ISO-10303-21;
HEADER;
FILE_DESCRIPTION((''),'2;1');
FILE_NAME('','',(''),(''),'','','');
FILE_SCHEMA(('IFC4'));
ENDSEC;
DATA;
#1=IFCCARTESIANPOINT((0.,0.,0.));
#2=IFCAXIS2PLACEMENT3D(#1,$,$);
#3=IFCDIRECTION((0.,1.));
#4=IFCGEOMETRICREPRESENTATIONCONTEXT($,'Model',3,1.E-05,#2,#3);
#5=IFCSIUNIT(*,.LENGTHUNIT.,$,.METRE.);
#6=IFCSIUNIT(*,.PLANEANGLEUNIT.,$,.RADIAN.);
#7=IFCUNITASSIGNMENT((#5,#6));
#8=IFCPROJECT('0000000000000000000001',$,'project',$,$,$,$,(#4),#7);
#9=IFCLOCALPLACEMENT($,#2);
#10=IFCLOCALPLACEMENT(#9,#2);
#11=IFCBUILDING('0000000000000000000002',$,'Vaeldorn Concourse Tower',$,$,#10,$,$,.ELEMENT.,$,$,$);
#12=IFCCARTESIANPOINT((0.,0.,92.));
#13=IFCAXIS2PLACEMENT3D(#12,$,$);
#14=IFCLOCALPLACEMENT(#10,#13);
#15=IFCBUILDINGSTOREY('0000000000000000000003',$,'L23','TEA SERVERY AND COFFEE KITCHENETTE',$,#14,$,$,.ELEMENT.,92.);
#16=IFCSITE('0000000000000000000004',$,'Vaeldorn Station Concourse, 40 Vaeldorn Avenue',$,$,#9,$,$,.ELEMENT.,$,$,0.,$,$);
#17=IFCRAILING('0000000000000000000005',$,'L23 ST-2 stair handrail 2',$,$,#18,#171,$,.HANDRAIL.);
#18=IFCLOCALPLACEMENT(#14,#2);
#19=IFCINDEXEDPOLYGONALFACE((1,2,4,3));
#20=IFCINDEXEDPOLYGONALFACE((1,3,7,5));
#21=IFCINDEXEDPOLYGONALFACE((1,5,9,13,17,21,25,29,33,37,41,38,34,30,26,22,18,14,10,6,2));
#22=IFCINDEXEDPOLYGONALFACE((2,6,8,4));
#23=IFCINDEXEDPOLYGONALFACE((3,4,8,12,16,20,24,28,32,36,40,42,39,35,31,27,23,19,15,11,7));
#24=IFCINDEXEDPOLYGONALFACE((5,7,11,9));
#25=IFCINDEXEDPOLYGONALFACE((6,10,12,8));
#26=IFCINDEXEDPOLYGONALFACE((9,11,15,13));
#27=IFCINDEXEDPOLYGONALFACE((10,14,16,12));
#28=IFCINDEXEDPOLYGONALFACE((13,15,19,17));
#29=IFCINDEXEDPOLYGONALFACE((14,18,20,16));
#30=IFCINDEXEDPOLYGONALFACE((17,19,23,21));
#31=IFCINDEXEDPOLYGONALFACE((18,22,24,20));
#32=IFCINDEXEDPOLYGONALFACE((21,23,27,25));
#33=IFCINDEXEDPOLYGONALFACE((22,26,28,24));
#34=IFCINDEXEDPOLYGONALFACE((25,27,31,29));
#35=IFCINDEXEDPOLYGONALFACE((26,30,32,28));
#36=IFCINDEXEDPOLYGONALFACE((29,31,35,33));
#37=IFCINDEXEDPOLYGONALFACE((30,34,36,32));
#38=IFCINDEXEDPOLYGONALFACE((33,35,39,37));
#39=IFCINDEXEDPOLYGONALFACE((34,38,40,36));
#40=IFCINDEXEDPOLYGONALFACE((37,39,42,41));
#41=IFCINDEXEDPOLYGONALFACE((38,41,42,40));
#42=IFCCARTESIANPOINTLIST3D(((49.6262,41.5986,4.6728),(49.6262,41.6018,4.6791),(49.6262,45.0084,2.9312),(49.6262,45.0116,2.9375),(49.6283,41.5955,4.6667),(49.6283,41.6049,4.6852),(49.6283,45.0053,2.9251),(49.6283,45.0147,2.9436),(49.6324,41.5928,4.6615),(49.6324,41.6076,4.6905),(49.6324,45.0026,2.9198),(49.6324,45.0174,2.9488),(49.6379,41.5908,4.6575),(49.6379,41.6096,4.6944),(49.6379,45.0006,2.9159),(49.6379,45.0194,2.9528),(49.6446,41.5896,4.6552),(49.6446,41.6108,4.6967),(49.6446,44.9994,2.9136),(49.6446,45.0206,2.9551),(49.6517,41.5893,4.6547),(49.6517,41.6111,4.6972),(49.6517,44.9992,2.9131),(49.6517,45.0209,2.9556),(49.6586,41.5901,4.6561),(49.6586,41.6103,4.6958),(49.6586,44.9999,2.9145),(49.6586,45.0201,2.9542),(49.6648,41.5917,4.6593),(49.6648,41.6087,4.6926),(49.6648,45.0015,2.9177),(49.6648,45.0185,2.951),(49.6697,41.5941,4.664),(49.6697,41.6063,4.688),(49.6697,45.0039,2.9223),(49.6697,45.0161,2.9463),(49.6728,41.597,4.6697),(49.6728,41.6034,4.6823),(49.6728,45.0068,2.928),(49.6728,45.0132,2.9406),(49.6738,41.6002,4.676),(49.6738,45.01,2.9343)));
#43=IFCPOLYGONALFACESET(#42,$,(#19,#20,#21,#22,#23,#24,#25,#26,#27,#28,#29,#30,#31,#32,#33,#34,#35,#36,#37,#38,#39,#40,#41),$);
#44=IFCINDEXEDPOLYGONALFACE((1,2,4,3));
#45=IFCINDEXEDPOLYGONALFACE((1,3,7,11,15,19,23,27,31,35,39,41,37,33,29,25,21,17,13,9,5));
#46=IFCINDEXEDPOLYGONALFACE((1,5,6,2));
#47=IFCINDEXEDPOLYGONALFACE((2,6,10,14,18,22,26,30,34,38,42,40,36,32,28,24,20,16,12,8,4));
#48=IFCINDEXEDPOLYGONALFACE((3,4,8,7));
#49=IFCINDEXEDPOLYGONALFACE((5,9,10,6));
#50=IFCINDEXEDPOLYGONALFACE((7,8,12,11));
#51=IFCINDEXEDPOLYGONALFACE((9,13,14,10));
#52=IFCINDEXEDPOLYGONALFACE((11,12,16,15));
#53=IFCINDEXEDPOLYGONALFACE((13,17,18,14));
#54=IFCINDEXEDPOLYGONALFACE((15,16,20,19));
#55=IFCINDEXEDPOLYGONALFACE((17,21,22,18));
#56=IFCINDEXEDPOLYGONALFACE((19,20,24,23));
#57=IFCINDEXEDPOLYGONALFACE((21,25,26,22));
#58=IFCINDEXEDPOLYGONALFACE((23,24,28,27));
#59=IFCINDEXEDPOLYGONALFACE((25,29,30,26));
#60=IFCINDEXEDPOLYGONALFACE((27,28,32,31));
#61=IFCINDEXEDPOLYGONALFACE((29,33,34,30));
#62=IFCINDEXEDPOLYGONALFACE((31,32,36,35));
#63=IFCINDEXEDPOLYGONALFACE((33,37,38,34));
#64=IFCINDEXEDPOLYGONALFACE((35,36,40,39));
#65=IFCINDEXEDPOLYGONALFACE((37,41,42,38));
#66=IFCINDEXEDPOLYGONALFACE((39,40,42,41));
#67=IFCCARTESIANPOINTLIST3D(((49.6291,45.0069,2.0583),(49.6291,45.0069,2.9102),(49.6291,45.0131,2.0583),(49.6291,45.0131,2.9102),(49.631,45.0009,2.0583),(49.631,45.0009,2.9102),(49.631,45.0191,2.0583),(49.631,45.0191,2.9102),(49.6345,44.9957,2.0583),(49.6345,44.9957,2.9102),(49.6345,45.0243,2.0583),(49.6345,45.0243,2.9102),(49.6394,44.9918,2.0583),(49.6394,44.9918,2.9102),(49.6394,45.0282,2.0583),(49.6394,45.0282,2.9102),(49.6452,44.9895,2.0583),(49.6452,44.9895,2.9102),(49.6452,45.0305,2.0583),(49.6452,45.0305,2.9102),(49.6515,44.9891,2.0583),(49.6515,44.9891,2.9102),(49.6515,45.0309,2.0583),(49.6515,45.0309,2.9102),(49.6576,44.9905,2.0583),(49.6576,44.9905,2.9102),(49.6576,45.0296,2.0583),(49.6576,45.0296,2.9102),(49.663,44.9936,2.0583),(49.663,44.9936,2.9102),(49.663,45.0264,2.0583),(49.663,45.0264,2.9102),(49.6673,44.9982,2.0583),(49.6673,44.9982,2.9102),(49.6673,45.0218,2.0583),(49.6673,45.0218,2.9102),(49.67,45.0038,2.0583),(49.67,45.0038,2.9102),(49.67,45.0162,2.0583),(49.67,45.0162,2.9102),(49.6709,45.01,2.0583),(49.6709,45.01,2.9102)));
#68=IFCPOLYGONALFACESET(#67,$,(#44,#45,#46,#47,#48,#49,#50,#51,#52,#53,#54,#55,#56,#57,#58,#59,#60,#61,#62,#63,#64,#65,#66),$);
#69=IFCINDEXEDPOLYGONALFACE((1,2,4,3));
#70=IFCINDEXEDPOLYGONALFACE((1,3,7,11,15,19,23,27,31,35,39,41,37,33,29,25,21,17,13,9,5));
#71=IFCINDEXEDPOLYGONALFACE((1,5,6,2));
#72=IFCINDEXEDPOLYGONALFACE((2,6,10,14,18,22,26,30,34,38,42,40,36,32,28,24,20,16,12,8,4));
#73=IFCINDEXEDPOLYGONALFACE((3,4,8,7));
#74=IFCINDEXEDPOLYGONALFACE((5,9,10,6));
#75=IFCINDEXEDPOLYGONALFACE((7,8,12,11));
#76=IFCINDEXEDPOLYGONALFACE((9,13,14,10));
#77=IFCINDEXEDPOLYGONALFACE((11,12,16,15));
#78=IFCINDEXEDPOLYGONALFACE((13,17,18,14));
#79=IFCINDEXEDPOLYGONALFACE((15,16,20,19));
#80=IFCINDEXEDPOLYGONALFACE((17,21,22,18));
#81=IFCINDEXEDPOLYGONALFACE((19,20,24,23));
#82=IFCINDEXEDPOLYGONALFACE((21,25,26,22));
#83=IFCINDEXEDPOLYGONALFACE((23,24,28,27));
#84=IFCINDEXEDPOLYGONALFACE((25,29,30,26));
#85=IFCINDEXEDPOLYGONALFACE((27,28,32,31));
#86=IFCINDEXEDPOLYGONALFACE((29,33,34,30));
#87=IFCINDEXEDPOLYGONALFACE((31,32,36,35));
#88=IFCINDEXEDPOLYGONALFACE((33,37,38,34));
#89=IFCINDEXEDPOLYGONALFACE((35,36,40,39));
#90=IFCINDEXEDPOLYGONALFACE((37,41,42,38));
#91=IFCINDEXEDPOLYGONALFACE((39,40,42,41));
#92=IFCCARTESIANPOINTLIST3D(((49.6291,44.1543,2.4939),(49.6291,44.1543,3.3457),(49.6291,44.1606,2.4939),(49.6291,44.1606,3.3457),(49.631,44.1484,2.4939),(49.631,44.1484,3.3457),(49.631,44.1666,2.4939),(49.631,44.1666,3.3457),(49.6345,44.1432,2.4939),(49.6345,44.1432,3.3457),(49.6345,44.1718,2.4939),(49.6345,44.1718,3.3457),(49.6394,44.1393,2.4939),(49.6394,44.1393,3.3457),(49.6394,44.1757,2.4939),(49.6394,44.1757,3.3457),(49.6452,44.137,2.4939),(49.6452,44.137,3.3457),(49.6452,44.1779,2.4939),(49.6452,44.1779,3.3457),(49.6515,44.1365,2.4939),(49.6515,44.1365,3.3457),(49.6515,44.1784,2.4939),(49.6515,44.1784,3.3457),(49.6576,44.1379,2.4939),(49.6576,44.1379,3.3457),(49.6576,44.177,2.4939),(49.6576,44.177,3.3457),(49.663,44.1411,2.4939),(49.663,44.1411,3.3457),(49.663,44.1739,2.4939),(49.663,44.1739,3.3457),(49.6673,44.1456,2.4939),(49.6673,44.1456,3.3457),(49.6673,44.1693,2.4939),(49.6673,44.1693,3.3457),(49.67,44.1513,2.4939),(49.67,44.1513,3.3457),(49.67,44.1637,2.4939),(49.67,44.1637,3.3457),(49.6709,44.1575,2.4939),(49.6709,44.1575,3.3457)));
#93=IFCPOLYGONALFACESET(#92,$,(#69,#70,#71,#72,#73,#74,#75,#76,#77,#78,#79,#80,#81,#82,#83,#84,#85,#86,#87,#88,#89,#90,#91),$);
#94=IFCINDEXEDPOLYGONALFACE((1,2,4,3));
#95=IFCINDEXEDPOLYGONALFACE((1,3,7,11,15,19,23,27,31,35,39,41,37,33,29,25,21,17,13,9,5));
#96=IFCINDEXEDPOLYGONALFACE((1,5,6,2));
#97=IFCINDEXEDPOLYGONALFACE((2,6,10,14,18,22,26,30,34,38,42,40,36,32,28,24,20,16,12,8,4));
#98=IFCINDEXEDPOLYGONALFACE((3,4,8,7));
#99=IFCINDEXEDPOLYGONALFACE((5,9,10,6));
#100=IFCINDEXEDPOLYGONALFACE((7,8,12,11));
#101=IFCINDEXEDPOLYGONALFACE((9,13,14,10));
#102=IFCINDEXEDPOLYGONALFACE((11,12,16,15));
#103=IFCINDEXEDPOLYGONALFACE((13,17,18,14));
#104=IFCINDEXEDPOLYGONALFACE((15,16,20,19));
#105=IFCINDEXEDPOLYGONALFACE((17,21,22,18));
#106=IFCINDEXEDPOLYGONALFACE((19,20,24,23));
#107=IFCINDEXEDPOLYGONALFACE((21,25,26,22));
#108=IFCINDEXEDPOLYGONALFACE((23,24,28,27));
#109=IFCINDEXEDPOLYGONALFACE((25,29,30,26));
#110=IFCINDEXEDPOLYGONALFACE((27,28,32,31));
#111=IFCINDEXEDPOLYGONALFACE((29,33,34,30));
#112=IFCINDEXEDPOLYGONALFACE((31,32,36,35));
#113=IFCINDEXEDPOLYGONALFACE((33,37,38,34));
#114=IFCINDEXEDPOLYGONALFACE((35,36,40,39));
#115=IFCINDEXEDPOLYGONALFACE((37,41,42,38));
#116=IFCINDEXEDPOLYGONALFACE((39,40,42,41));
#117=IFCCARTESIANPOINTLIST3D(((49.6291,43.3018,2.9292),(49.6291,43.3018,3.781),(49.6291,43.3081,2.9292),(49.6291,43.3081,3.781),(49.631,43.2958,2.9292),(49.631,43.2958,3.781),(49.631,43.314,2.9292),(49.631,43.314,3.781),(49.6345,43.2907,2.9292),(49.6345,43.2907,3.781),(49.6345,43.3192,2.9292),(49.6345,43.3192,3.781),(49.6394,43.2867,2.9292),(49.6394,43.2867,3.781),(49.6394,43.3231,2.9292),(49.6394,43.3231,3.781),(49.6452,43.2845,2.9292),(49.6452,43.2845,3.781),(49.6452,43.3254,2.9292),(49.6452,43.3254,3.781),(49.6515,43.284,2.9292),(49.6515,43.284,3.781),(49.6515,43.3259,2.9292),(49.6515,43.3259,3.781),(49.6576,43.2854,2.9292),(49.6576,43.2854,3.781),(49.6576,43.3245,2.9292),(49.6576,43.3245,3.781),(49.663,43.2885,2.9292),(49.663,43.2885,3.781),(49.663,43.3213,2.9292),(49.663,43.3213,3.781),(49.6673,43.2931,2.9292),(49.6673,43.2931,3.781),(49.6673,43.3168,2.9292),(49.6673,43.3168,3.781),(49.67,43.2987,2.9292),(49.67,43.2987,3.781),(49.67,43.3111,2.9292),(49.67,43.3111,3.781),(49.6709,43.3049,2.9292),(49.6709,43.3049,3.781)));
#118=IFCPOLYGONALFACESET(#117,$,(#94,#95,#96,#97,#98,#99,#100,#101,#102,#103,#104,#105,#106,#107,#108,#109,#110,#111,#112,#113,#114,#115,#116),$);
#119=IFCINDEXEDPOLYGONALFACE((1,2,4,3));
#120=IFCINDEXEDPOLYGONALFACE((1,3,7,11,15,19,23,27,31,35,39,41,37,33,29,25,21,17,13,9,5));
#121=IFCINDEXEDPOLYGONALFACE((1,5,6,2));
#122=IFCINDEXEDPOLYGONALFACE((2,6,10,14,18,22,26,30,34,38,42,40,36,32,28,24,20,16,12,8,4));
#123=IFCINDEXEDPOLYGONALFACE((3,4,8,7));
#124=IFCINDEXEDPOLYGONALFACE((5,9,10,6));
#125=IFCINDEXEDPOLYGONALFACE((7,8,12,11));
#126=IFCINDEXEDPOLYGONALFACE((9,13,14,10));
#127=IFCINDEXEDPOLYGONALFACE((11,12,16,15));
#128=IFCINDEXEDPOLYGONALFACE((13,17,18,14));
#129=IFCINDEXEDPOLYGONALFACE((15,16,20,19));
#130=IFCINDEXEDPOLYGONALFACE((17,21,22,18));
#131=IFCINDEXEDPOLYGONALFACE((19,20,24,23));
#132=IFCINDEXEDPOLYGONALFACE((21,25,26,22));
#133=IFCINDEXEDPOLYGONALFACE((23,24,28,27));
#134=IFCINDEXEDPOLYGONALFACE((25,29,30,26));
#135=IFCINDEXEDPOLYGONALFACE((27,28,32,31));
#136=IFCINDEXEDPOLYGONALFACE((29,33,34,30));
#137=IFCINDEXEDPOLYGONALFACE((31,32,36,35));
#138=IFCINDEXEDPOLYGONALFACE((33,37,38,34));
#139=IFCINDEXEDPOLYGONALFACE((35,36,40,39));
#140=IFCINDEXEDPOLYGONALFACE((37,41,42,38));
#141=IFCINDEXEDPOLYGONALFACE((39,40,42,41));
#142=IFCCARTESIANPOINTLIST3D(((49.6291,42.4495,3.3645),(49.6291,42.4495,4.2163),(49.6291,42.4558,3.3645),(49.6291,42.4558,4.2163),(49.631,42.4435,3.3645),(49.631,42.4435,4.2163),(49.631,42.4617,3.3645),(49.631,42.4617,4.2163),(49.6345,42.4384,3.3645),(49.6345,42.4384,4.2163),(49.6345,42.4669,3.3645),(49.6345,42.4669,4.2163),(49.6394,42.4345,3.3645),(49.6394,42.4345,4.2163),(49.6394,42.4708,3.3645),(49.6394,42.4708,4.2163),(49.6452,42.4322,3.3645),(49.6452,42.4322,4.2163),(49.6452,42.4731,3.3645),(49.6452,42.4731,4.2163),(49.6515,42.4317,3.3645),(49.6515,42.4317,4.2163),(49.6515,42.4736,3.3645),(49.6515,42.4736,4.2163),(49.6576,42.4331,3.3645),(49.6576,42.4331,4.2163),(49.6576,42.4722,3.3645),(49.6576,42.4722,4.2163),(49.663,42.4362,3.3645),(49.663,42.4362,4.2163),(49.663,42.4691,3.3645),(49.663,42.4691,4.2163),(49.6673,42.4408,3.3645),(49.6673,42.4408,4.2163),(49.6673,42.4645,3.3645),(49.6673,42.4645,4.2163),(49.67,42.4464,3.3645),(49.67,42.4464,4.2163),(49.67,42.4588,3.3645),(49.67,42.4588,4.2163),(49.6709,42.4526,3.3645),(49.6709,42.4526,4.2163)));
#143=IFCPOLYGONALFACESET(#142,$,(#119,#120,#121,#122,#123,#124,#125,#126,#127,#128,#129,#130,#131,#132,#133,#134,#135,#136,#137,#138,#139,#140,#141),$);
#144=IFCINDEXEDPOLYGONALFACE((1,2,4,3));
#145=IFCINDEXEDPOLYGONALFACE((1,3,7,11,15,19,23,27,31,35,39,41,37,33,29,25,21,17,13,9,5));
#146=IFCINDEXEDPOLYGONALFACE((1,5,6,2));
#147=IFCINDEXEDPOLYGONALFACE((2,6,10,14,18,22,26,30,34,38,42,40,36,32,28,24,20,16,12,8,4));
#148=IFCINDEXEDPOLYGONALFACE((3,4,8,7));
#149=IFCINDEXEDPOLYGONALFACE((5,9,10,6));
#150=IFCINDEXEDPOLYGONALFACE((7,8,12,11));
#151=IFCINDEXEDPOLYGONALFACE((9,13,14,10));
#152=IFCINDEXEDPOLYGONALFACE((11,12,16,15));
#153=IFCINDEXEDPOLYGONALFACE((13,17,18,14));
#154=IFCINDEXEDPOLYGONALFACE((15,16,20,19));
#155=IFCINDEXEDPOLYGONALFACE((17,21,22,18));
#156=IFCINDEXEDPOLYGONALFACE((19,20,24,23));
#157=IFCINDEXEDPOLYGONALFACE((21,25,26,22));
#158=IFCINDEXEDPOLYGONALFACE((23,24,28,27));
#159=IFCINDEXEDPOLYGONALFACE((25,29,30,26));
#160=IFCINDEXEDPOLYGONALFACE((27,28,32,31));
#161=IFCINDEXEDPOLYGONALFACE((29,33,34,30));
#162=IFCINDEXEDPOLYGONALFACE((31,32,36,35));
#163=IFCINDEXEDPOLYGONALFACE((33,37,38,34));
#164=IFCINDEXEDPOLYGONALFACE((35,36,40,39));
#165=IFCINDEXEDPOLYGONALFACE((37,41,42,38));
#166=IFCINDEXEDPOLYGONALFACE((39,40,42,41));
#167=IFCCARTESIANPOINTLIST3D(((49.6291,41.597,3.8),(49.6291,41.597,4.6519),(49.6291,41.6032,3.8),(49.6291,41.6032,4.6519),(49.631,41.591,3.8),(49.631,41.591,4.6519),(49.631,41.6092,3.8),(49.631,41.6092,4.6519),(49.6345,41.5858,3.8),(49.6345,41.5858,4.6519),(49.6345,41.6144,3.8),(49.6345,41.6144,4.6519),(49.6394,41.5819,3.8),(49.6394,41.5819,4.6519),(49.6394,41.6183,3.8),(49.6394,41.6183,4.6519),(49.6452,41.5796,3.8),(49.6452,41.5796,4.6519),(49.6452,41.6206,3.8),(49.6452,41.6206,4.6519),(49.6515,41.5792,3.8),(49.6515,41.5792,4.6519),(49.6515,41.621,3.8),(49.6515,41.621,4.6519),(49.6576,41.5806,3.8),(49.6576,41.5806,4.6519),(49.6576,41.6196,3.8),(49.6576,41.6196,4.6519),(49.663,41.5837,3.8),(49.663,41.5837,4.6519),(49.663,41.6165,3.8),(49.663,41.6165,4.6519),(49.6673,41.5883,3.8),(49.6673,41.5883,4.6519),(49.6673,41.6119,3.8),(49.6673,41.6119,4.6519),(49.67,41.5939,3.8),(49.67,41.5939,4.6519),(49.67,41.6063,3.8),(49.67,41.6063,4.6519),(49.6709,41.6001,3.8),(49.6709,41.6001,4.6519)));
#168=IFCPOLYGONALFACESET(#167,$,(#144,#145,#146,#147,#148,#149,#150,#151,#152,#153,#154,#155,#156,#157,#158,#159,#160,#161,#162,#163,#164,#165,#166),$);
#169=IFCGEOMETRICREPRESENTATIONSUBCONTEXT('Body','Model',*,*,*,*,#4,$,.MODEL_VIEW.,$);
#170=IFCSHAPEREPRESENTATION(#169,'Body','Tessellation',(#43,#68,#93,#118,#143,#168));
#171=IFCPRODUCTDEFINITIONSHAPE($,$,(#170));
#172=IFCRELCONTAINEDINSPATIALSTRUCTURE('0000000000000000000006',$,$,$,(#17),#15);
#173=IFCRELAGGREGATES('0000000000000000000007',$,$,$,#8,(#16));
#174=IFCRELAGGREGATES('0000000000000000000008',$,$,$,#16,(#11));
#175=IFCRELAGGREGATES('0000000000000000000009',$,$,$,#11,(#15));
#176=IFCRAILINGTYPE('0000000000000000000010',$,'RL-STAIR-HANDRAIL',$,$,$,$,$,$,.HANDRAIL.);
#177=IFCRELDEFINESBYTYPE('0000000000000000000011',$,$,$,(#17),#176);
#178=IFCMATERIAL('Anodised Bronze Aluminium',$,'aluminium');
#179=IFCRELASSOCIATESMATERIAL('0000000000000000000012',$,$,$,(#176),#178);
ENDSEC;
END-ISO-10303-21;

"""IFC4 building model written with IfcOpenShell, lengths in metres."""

from ifc_helpers import new_model, si_unit, direction, frame, origin, origin_2d, place, context, subcontext, project, spatial, circle, extrude, material, type_object, element, save


model = new_model("IFC4")

# Units and contexts
model_context = context("Model", 3, precision=1e-05, world=origin(), true_north=direction((0.0, 1.0)))
body_context = subcontext(model_context, "Body", "Model", "MODEL_VIEW")
ifc_project = project(units=[si_unit("LENGTHUNIT", "METRE"), si_unit("PLANEANGLEUNIT", "RADIAN")], contexts=[model_context])

# Site, building, storey
site_placement = place(None, origin())
site = spatial("IfcSite", under=ifc_project, at=site_placement, Name="Vaeldorn Station Concourse, 40 Vaeldorn Avenue", CompositionType="ELEMENT", RefElevation=0.0)
building_placement = place(site_placement, origin())
building = spatial("IfcBuilding", under=site, at=building_placement, Name="Vaeldorn Concourse Tower", CompositionType="ELEMENT")
storey_placement = place(building_placement, frame((0.0, 0.0, 92.0)))
storey = spatial("IfcBuildingStorey", under=building, at=storey_placement, Name="L23", Description="TEA SERVERY AND COFFEE KITCHENETTE", CompositionType="ELEMENT", Elevation=92.0)

# Shared definitions
ifc_material_1 = material(Name="Anodised Bronze Aluminium", Category="aluminium")

# Railing
railing_type_1 = type_object("IfcRailingType", Name="RL-STAIR-HANDRAIL", PredefinedType="HANDRAIL", material=ifc_material_1)
railing_1_placement = place(storey_placement, frame((49.6499, 45.01, 2.0583)))
element("IfcRailing", 1, at=railing_1_placement, inside=storey, type_object=railing_type_1, Name="L23 ST-2 stair handrail 2", PredefinedType="HANDRAIL", context=body_context, shape_type="SweptSolid", body=[
    extrude(circle(Radius=0.0239, at=origin_2d()), frame((0.0, 0.0, 0.876), z_axis=(0.0, -0.890556, 0.454874), x_axis=(1.0, 0.0, 0.0)), (0.0, 0.0, 1.0), 3.8289),
    extrude(circle(Radius=0.021, at=origin_2d()), origin(), (0.0, 0.0, 1.0), 0.8518),
    extrude(circle(Radius=0.021, at=origin_2d()), frame((0.0, -0.8525, 0.4355)), (0.0, 0.0, 1.0), 0.8518),
    extrude(circle(Radius=0.021, at=origin_2d()), frame((0.0, -1.7051, 0.8708)), (0.0, 0.0, 1.0), 0.8518),
    extrude(circle(Radius=0.021, at=origin_2d()), frame((0.0, -2.5574, 1.3062)), (0.0, 0.0, 1.0), 0.8518),
    extrude(circle(Radius=0.021, at=origin_2d()), frame((0.0, -3.4099, 1.7417)), (0.0, 0.0, 1.0), 0.8518),
])

save(model, "model.ifc")
